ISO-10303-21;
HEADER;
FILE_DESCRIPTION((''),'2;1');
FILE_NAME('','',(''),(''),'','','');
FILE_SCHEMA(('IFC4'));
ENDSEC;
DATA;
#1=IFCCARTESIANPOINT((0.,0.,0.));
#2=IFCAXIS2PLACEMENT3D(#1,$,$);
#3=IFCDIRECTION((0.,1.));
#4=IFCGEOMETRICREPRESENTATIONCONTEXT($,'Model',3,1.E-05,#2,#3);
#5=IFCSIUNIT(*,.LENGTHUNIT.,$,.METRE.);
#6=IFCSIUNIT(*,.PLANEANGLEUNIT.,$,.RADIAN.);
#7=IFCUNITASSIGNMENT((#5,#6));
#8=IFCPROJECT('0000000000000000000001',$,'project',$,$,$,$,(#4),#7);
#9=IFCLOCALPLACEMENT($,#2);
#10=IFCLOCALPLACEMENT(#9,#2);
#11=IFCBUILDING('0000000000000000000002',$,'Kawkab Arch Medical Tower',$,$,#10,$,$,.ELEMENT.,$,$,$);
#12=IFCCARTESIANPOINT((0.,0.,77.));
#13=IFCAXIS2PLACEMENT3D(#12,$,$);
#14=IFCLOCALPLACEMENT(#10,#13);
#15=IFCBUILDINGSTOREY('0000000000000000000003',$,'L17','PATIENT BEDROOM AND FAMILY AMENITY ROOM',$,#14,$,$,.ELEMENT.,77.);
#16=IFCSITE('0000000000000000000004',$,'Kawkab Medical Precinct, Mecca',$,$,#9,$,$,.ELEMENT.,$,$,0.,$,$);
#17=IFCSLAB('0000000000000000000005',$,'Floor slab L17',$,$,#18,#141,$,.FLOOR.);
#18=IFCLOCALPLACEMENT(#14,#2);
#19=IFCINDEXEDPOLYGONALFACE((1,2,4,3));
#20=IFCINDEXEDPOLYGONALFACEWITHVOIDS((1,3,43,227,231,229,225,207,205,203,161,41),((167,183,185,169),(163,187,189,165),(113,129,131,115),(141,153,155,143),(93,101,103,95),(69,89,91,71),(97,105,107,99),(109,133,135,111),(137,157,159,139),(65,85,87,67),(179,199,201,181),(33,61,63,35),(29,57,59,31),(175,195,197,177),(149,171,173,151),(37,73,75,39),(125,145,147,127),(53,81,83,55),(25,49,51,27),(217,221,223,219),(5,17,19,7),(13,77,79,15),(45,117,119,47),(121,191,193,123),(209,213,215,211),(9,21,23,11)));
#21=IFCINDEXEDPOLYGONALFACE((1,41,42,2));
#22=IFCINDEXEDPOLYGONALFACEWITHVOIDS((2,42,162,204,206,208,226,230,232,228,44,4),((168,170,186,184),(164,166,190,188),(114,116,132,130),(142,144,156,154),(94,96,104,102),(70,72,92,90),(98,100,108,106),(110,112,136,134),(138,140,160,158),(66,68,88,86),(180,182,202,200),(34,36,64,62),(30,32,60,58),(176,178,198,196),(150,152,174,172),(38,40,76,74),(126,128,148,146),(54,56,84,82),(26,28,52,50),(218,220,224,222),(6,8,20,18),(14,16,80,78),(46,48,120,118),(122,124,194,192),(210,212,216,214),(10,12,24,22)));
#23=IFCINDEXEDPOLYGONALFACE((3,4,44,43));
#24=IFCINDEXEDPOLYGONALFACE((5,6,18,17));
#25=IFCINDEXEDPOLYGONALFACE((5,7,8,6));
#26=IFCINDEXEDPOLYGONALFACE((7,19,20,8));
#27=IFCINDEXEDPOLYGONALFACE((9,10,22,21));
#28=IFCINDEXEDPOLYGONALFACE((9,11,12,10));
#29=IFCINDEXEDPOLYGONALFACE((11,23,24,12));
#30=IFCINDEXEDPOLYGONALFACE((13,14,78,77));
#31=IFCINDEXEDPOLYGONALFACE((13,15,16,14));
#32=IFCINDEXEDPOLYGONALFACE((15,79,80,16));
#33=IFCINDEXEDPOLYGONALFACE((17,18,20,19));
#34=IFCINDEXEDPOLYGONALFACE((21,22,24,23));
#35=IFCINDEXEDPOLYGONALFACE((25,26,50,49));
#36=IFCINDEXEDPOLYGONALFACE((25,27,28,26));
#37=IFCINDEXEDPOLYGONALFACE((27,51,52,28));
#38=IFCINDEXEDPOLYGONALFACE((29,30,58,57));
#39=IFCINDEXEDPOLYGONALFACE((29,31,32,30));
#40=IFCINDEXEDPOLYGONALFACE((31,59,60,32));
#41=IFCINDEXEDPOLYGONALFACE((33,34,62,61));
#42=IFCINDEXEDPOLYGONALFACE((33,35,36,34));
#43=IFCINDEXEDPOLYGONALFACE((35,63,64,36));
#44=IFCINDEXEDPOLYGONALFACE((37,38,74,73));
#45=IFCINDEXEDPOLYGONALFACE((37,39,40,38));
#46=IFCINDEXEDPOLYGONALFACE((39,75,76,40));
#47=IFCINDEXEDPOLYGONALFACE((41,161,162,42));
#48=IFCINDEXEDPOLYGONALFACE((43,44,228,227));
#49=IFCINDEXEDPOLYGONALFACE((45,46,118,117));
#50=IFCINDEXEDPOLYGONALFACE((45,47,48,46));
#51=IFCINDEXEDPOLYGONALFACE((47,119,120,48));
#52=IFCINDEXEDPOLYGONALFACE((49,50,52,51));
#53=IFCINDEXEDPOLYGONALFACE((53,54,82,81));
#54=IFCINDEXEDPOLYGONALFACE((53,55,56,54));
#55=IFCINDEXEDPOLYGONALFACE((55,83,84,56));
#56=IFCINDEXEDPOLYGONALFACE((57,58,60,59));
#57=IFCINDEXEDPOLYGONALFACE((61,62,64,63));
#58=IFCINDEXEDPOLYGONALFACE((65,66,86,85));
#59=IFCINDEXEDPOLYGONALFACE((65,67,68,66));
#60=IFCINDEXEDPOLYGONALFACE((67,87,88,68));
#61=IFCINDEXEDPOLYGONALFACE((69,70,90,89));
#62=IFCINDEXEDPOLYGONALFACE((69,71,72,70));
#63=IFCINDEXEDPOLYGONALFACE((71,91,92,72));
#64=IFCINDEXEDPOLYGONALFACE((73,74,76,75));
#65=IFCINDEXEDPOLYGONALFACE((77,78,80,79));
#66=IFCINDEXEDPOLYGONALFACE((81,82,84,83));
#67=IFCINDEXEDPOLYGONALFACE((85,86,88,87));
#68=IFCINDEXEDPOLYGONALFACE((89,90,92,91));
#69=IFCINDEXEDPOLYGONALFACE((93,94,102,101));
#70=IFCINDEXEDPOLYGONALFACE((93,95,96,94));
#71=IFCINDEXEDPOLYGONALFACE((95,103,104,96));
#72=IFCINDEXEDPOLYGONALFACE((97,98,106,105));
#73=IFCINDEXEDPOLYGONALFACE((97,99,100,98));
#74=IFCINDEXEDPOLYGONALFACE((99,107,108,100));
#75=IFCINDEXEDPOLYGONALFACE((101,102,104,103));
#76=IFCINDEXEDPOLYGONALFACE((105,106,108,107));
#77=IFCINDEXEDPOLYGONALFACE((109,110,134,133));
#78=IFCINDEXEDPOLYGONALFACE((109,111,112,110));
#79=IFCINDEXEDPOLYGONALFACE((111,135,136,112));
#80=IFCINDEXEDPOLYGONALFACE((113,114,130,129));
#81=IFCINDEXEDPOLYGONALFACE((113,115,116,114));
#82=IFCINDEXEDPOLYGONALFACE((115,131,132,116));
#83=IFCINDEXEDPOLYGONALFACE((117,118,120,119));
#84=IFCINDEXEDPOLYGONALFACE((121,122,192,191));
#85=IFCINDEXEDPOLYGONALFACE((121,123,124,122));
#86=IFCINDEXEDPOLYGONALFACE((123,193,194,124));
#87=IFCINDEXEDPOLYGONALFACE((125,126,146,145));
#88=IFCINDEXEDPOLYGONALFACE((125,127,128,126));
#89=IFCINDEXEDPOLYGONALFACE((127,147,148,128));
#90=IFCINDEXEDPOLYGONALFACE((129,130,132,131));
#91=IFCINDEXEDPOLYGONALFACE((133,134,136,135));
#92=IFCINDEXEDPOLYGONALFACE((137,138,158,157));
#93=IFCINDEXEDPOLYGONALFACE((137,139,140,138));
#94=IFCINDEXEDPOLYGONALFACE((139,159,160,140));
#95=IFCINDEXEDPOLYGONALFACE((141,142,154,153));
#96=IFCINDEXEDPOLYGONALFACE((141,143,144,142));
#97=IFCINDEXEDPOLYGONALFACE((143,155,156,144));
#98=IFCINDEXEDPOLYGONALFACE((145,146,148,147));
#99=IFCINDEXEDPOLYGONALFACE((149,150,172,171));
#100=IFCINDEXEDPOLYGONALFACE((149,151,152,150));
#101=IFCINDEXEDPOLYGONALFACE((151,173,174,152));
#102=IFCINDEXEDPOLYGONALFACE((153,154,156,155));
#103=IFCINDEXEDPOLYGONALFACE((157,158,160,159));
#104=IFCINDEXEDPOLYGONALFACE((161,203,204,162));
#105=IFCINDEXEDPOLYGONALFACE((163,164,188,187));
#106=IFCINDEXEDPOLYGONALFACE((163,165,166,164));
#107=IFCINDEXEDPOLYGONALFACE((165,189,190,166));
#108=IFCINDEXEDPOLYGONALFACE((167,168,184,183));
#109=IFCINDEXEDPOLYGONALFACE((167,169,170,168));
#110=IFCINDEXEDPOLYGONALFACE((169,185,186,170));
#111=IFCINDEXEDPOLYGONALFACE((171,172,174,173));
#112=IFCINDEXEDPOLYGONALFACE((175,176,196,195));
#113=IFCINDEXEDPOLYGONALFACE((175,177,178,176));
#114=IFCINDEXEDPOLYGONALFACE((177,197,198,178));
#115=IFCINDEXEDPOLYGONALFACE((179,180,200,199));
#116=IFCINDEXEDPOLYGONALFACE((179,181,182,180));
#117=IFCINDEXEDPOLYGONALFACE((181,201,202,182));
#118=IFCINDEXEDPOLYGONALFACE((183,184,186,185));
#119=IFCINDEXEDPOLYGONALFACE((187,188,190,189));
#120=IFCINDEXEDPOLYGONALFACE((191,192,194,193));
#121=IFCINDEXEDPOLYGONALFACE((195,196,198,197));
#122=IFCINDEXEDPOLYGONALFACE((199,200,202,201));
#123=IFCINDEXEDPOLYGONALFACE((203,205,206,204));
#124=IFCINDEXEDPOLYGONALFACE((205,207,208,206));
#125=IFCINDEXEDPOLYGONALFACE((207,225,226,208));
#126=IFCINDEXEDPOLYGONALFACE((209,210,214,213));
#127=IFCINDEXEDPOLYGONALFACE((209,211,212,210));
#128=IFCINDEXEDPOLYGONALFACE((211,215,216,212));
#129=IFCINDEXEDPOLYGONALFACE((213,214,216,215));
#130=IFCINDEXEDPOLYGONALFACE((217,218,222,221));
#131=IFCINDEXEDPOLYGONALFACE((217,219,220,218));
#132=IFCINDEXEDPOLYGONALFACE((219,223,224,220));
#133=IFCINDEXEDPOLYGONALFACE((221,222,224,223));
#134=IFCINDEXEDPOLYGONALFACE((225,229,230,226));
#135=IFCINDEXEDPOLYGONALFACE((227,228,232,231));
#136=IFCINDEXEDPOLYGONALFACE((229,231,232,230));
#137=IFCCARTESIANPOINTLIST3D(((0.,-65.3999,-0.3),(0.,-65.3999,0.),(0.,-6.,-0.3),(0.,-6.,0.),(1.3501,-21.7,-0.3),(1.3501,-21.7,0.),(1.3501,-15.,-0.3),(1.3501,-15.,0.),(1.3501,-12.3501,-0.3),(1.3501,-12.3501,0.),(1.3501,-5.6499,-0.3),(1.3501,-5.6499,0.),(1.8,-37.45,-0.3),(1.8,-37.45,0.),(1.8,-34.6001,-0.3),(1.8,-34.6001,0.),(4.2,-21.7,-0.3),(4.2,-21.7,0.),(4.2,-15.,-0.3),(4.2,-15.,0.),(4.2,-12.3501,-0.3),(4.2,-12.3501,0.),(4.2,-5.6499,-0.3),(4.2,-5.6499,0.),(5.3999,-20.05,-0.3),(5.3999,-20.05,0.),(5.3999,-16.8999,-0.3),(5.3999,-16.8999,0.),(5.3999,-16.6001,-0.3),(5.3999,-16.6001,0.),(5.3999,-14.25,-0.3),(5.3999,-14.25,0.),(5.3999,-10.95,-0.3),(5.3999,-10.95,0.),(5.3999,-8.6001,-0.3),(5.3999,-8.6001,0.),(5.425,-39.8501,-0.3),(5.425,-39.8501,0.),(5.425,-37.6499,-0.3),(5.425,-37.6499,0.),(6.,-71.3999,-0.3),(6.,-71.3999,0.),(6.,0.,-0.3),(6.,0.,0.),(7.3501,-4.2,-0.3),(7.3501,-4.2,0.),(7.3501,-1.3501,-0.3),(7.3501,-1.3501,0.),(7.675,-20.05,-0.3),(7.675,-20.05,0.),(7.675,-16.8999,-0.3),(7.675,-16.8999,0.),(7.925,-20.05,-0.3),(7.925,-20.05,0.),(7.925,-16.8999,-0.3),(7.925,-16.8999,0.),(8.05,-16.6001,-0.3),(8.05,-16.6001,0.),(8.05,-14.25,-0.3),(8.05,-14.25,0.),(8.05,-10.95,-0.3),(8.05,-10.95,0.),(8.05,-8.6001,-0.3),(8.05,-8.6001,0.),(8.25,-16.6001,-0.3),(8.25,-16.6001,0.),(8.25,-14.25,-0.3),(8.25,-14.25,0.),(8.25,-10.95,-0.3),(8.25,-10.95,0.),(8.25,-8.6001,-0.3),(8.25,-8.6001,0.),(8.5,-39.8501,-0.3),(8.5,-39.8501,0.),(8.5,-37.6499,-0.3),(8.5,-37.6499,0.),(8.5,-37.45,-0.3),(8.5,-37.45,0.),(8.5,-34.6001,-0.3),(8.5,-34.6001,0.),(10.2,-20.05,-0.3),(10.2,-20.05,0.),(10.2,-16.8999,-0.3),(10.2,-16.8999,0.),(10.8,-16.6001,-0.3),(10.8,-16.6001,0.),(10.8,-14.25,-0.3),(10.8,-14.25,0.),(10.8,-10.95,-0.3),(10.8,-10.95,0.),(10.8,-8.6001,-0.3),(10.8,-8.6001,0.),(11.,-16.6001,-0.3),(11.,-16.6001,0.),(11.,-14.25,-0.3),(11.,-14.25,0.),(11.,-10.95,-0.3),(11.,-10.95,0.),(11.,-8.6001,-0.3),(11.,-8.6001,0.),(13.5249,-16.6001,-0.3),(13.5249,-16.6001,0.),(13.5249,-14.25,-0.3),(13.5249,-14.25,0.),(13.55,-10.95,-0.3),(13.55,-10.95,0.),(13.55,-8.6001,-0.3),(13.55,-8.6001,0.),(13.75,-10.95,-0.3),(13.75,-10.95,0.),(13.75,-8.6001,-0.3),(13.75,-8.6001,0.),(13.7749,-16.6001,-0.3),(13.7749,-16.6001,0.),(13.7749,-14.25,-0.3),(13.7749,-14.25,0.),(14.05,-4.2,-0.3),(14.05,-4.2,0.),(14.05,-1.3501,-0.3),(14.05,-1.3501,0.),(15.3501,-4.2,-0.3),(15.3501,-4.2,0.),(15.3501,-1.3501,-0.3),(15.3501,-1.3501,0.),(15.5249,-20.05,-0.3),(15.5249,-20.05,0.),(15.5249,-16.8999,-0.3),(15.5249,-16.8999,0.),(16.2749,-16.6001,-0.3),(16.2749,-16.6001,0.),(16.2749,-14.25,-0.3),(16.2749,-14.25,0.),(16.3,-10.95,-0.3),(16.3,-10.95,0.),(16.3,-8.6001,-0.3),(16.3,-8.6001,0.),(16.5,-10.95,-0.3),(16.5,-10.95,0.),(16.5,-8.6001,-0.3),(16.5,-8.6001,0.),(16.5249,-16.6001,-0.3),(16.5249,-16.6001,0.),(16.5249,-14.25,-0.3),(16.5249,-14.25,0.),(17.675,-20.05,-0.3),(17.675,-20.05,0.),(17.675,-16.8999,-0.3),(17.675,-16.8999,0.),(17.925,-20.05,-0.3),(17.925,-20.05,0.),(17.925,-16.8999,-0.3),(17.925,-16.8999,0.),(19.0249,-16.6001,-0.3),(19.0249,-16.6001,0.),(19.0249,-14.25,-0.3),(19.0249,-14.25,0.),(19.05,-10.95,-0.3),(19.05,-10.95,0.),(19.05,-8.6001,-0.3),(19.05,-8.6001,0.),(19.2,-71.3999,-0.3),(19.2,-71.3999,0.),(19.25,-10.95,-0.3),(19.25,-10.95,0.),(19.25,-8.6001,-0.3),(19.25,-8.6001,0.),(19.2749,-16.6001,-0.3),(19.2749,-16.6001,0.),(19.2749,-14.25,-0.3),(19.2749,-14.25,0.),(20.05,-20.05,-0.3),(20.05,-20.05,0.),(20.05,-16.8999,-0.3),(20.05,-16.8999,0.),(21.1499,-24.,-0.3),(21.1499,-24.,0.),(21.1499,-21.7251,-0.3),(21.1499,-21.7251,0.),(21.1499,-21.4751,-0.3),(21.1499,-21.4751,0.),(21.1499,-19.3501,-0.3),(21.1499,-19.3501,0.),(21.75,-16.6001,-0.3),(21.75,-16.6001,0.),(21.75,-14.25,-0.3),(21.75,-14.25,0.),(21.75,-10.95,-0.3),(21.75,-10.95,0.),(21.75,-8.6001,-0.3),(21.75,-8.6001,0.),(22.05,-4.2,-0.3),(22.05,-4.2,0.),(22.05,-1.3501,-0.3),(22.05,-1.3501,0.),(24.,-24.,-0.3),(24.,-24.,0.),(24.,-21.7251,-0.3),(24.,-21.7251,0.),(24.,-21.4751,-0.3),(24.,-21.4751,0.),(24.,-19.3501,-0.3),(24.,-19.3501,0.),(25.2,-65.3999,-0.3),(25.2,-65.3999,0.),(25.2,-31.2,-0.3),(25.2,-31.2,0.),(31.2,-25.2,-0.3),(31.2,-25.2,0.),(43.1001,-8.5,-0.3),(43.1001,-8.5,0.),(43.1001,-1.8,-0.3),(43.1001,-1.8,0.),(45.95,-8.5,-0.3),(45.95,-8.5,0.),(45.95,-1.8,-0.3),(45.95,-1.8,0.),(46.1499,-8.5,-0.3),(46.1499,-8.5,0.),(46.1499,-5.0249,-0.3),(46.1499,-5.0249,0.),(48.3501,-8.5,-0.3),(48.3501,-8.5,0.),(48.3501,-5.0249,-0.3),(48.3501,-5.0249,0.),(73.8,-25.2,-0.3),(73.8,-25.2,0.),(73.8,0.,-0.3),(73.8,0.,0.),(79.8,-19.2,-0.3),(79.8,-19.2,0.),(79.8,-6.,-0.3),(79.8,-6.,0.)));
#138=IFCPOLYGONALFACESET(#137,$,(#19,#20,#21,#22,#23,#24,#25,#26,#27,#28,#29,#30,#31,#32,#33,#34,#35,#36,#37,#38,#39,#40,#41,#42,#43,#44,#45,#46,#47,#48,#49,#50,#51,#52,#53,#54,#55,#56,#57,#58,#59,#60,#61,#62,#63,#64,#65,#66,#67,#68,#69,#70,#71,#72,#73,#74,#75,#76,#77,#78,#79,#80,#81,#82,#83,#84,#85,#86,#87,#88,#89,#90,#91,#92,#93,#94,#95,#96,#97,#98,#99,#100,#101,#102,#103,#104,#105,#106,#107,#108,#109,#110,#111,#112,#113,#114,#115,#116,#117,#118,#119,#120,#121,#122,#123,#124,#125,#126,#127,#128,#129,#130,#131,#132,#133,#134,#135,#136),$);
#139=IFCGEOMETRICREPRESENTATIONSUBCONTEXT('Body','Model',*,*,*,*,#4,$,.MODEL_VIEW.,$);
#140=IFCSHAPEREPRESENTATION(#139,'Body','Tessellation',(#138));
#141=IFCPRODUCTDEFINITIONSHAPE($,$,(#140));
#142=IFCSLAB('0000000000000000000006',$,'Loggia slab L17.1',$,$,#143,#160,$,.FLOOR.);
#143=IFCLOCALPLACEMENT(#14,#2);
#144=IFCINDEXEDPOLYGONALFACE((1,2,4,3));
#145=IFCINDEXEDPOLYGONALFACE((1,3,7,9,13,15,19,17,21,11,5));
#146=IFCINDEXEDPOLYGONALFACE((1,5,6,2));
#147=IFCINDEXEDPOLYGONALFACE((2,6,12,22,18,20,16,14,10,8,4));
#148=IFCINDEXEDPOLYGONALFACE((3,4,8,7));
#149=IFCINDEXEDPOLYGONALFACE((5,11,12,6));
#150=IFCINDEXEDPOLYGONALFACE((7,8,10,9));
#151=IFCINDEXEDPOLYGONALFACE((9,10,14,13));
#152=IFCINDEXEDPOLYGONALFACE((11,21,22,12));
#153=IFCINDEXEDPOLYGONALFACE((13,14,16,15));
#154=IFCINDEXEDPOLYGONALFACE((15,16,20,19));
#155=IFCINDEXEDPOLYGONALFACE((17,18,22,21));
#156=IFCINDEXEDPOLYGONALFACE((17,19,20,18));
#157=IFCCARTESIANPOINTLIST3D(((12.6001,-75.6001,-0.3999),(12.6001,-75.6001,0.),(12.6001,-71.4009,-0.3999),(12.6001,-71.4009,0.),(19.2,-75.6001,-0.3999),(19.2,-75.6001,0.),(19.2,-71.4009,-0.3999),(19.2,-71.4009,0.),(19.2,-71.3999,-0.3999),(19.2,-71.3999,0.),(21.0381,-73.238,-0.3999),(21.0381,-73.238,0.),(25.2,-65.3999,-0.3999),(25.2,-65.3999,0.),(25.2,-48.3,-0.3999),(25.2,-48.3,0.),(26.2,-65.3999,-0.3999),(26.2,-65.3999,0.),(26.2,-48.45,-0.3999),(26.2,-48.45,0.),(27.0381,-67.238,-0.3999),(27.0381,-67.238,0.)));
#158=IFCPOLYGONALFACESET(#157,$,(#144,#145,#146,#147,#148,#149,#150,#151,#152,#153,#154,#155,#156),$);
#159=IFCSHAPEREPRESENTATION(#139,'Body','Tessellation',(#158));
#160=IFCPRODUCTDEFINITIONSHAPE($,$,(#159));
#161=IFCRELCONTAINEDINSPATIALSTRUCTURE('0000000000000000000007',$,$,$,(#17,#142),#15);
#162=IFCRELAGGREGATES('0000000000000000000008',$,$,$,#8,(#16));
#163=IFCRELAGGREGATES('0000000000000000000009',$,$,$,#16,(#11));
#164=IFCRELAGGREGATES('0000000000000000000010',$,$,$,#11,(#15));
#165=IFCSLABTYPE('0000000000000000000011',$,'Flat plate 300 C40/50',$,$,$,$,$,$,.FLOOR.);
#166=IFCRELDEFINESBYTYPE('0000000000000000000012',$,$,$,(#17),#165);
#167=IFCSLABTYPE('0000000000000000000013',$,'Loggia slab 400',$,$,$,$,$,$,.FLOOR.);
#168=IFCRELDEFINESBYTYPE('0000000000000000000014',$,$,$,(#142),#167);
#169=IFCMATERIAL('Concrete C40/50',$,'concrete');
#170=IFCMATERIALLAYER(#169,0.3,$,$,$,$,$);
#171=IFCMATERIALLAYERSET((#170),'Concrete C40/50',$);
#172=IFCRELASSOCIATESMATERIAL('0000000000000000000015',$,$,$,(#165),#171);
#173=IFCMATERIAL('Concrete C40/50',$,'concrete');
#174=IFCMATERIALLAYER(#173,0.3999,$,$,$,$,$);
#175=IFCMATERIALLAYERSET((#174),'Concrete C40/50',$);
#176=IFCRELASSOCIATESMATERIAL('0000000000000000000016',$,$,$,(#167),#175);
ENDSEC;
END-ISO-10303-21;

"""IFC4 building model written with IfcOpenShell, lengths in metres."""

from ifc_helpers import new_model, si_unit, direction, frame, origin, place, context, subcontext, project, spatial, polyline, outline, extrude, material, layer, layer_set, type_object, element, save


model = new_model("IFC4")

# Units and contexts
model_context = context("Model", 3, precision=1e-05, world=origin(), true_north=direction((0.0, 1.0)))
body_context = subcontext(model_context, "Body", "Model", "MODEL_VIEW")
ifc_project = project(units=[si_unit("LENGTHUNIT", "METRE"), si_unit("PLANEANGLEUNIT", "RADIAN")], contexts=[model_context])

# Site, building, storey
site_placement = place(None, origin())
site = spatial("IfcSite", under=ifc_project, at=site_placement, Name="Kawkab Medical Precinct, Mecca", CompositionType="ELEMENT", RefElevation=0.0)
building_placement = place(site_placement, origin())
building = spatial("IfcBuilding", under=site, at=building_placement, Name="Kawkab Arch Medical Tower", CompositionType="ELEMENT")
storey_placement = place(building_placement, frame((0.0, 0.0, 77.0)))
storey = spatial("IfcBuildingStorey", under=building, at=storey_placement, Name="L17", Description="PATIENT BEDROOM AND FAMILY AMENITY ROOM", CompositionType="ELEMENT", Elevation=77.0)

# Slabs
ifc_material_1 = material(Name="Concrete C40/50", Category="concrete")
ifc_layer_1 = layer(ifc_material_1, 0.3)
ifc_layer_set_1 = layer_set([ifc_layer_1], Name="Concrete C40/50")
slab_type_1 = type_object("IfcSlabType", Name="Flat plate 300 C40/50", PredefinedType="FLOOR", material=ifc_layer_set_1)
slab_1_placement = place(storey_placement, frame((0.0, 0.0, -0.3)))
element("IfcSlab", 1, at=slab_1_placement, inside=storey, type_object=slab_type_1, Name="Floor slab L17", PredefinedType="FLOOR", context=body_context, shape_type="SweptSolid", body=[
    extrude(outline(polyline([(6.0, 0.0), (73.8, 0.0), (79.8, -6.0), (79.8, -19.2), (73.8, -25.2), (31.2, -25.2), (25.2, -31.2), (25.2, -65.3999), (19.2, -71.3999), (6.0, -71.3999), (0.0, -65.3999), (0.0, -6.0), (6.0, 0.0)]), holes=[polyline([(5.425, -37.6499), (5.425, -39.8501), (8.5, -39.8501), (8.5, -37.6499), (5.425, -37.6499)]), polyline([(1.8, -37.45), (8.5, -37.45), (8.5, -34.6001), (1.8, -34.6001), (1.8, -37.45)]), polyline([(5.3999, -16.8999), (5.3999, -20.05), (7.675, -20.05), (7.675, -16.8999), (5.3999, -16.8999)]), polyline([(10.2, -16.8999), (7.925, -16.8999), (7.925, -20.05), (10.2, -20.05), (10.2, -16.8999)]), polyline([(4.2, -21.7), (4.2, -15.0), (1.3501, -15.0), (1.3501, -21.7), (4.2, -21.7)]), polyline([(5.3999, -14.25), (5.3999, -16.6001), (8.05, -16.6001), (8.05, -14.25), (5.3999, -14.25)]), polyline([(10.8, -16.6001), (10.8, -14.25), (8.25, -14.25), (8.25, -16.6001), (10.8, -16.6001)]), polyline([(13.5249, -14.25), (11.0, -14.25), (11.0, -16.6001), (13.5249, -16.6001), (13.5249, -14.25)]), polyline([(5.3999, -8.6001), (5.3999, -10.95), (8.05, -10.95), (8.05, -8.6001), (5.3999, -8.6001)]), polyline([(10.8, -10.95), (10.8, -8.6001), (8.25, -8.6001), (8.25, -10.95), (10.8, -10.95)]), polyline([(11.0, -8.6001), (11.0, -10.95), (13.55, -10.95), (13.55, -8.6001), (11.0, -8.6001)]), polyline([(4.2, -12.3501), (4.2, -5.6499), (1.3501, -5.6499), (1.3501, -12.3501), (4.2, -12.3501)]), polyline([(7.3501, -4.2), (14.05, -4.2), (14.05, -1.3501), (7.3501, -1.3501), (7.3501, -4.2)]), polyline([(24.0, -21.7251), (21.1499, -21.7251), (21.1499, -24.0), (24.0, -24.0), (24.0, -21.7251)]), polyline([(24.0, -21.4751), (24.0, -19.3501), (21.1499, -19.3501), (21.1499, -21.4751), (24.0, -21.4751)]), polyline([(17.675, -16.8999), (15.5249, -16.8999), (15.5249, -20.05), (17.675, -20.05), (17.675, -16.8999)]), polyline([(17.925, -16.8999), (17.925, -20.05), (20.05, -20.05), (20.05, -16.8999), (17.925, -16.8999)]), polyline([(16.2749, -16.6001), (16.2749, -14.25), (13.7749, -14.25), (13.7749, -16.6001), (16.2749, -16.6001)]), polyline([(19.0249, -16.6001), (19.0249, -14.25), (16.5249, -14.25), (16.5249, -16.6001), (19.0249, -16.6001)]), polyline([(19.2749, -14.25), (19.2749, -16.6001), (21.75, -16.6001), (21.75, -14.25), (19.2749, -14.25)]), polyline([(16.3, -8.6001), (13.75, -8.6001), (13.75, -10.95), (16.3, -10.95), (16.3, -8.6001)]), polyline([(19.05, -8.6001), (16.5, -8.6001), (16.5, -10.95), (19.05, -10.95), (19.05, -8.6001)]), polyline([(19.25, -8.6001), (19.25, -10.95), (21.75, -10.95), (21.75, -8.6001), (19.25, -8.6001)]), polyline([(46.1499, -5.0249), (46.1499, -8.5), (48.3501, -8.5), (48.3501, -5.0249), (46.1499, -5.0249)]), polyline([(43.1001, -1.8), (43.1001, -8.5), (45.95, -8.5), (45.95, -1.8), (43.1001, -1.8)]), polyline([(22.05, -1.3501), (15.3501, -1.3501), (15.3501, -4.2), (22.05, -4.2), (22.05, -1.3501)])]), origin(), (0.0, 0.0, 1.0), 0.3),
])
ifc_material_2 = material(Name="Concrete C40/50", Category="concrete")
ifc_layer_2 = layer(ifc_material_2, 0.3999)
ifc_layer_set_2 = layer_set([ifc_layer_2], Name="Concrete C40/50")
slab_type_2 = type_object("IfcSlabType", Name="Loggia slab 400", PredefinedType="FLOOR", material=ifc_layer_set_2)
placement_1 = place(storey_placement, frame((0.0, 0.0, -0.3999)))
element("IfcSlab", 2, at=placement_1, inside=storey, type_object=slab_type_2, Name="Loggia slab L17.1", PredefinedType="FLOOR", context=body_context, shape_type="SweptSolid", body=[
    extrude(outline(polyline([(12.6001, -75.6001), (12.6001, -71.4009), (19.2, -71.4009), (19.2, -71.3999), (25.2, -65.3999), (25.2, -48.3), (26.2, -48.45), (26.2, -65.3999), (27.0381, -67.238), (21.0381, -73.238), (19.2, -75.6001), (12.6001, -75.6001)])), origin(), (0.0, 0.0, 1.0), 0.3999),
])

save(model, "model.ifc")
